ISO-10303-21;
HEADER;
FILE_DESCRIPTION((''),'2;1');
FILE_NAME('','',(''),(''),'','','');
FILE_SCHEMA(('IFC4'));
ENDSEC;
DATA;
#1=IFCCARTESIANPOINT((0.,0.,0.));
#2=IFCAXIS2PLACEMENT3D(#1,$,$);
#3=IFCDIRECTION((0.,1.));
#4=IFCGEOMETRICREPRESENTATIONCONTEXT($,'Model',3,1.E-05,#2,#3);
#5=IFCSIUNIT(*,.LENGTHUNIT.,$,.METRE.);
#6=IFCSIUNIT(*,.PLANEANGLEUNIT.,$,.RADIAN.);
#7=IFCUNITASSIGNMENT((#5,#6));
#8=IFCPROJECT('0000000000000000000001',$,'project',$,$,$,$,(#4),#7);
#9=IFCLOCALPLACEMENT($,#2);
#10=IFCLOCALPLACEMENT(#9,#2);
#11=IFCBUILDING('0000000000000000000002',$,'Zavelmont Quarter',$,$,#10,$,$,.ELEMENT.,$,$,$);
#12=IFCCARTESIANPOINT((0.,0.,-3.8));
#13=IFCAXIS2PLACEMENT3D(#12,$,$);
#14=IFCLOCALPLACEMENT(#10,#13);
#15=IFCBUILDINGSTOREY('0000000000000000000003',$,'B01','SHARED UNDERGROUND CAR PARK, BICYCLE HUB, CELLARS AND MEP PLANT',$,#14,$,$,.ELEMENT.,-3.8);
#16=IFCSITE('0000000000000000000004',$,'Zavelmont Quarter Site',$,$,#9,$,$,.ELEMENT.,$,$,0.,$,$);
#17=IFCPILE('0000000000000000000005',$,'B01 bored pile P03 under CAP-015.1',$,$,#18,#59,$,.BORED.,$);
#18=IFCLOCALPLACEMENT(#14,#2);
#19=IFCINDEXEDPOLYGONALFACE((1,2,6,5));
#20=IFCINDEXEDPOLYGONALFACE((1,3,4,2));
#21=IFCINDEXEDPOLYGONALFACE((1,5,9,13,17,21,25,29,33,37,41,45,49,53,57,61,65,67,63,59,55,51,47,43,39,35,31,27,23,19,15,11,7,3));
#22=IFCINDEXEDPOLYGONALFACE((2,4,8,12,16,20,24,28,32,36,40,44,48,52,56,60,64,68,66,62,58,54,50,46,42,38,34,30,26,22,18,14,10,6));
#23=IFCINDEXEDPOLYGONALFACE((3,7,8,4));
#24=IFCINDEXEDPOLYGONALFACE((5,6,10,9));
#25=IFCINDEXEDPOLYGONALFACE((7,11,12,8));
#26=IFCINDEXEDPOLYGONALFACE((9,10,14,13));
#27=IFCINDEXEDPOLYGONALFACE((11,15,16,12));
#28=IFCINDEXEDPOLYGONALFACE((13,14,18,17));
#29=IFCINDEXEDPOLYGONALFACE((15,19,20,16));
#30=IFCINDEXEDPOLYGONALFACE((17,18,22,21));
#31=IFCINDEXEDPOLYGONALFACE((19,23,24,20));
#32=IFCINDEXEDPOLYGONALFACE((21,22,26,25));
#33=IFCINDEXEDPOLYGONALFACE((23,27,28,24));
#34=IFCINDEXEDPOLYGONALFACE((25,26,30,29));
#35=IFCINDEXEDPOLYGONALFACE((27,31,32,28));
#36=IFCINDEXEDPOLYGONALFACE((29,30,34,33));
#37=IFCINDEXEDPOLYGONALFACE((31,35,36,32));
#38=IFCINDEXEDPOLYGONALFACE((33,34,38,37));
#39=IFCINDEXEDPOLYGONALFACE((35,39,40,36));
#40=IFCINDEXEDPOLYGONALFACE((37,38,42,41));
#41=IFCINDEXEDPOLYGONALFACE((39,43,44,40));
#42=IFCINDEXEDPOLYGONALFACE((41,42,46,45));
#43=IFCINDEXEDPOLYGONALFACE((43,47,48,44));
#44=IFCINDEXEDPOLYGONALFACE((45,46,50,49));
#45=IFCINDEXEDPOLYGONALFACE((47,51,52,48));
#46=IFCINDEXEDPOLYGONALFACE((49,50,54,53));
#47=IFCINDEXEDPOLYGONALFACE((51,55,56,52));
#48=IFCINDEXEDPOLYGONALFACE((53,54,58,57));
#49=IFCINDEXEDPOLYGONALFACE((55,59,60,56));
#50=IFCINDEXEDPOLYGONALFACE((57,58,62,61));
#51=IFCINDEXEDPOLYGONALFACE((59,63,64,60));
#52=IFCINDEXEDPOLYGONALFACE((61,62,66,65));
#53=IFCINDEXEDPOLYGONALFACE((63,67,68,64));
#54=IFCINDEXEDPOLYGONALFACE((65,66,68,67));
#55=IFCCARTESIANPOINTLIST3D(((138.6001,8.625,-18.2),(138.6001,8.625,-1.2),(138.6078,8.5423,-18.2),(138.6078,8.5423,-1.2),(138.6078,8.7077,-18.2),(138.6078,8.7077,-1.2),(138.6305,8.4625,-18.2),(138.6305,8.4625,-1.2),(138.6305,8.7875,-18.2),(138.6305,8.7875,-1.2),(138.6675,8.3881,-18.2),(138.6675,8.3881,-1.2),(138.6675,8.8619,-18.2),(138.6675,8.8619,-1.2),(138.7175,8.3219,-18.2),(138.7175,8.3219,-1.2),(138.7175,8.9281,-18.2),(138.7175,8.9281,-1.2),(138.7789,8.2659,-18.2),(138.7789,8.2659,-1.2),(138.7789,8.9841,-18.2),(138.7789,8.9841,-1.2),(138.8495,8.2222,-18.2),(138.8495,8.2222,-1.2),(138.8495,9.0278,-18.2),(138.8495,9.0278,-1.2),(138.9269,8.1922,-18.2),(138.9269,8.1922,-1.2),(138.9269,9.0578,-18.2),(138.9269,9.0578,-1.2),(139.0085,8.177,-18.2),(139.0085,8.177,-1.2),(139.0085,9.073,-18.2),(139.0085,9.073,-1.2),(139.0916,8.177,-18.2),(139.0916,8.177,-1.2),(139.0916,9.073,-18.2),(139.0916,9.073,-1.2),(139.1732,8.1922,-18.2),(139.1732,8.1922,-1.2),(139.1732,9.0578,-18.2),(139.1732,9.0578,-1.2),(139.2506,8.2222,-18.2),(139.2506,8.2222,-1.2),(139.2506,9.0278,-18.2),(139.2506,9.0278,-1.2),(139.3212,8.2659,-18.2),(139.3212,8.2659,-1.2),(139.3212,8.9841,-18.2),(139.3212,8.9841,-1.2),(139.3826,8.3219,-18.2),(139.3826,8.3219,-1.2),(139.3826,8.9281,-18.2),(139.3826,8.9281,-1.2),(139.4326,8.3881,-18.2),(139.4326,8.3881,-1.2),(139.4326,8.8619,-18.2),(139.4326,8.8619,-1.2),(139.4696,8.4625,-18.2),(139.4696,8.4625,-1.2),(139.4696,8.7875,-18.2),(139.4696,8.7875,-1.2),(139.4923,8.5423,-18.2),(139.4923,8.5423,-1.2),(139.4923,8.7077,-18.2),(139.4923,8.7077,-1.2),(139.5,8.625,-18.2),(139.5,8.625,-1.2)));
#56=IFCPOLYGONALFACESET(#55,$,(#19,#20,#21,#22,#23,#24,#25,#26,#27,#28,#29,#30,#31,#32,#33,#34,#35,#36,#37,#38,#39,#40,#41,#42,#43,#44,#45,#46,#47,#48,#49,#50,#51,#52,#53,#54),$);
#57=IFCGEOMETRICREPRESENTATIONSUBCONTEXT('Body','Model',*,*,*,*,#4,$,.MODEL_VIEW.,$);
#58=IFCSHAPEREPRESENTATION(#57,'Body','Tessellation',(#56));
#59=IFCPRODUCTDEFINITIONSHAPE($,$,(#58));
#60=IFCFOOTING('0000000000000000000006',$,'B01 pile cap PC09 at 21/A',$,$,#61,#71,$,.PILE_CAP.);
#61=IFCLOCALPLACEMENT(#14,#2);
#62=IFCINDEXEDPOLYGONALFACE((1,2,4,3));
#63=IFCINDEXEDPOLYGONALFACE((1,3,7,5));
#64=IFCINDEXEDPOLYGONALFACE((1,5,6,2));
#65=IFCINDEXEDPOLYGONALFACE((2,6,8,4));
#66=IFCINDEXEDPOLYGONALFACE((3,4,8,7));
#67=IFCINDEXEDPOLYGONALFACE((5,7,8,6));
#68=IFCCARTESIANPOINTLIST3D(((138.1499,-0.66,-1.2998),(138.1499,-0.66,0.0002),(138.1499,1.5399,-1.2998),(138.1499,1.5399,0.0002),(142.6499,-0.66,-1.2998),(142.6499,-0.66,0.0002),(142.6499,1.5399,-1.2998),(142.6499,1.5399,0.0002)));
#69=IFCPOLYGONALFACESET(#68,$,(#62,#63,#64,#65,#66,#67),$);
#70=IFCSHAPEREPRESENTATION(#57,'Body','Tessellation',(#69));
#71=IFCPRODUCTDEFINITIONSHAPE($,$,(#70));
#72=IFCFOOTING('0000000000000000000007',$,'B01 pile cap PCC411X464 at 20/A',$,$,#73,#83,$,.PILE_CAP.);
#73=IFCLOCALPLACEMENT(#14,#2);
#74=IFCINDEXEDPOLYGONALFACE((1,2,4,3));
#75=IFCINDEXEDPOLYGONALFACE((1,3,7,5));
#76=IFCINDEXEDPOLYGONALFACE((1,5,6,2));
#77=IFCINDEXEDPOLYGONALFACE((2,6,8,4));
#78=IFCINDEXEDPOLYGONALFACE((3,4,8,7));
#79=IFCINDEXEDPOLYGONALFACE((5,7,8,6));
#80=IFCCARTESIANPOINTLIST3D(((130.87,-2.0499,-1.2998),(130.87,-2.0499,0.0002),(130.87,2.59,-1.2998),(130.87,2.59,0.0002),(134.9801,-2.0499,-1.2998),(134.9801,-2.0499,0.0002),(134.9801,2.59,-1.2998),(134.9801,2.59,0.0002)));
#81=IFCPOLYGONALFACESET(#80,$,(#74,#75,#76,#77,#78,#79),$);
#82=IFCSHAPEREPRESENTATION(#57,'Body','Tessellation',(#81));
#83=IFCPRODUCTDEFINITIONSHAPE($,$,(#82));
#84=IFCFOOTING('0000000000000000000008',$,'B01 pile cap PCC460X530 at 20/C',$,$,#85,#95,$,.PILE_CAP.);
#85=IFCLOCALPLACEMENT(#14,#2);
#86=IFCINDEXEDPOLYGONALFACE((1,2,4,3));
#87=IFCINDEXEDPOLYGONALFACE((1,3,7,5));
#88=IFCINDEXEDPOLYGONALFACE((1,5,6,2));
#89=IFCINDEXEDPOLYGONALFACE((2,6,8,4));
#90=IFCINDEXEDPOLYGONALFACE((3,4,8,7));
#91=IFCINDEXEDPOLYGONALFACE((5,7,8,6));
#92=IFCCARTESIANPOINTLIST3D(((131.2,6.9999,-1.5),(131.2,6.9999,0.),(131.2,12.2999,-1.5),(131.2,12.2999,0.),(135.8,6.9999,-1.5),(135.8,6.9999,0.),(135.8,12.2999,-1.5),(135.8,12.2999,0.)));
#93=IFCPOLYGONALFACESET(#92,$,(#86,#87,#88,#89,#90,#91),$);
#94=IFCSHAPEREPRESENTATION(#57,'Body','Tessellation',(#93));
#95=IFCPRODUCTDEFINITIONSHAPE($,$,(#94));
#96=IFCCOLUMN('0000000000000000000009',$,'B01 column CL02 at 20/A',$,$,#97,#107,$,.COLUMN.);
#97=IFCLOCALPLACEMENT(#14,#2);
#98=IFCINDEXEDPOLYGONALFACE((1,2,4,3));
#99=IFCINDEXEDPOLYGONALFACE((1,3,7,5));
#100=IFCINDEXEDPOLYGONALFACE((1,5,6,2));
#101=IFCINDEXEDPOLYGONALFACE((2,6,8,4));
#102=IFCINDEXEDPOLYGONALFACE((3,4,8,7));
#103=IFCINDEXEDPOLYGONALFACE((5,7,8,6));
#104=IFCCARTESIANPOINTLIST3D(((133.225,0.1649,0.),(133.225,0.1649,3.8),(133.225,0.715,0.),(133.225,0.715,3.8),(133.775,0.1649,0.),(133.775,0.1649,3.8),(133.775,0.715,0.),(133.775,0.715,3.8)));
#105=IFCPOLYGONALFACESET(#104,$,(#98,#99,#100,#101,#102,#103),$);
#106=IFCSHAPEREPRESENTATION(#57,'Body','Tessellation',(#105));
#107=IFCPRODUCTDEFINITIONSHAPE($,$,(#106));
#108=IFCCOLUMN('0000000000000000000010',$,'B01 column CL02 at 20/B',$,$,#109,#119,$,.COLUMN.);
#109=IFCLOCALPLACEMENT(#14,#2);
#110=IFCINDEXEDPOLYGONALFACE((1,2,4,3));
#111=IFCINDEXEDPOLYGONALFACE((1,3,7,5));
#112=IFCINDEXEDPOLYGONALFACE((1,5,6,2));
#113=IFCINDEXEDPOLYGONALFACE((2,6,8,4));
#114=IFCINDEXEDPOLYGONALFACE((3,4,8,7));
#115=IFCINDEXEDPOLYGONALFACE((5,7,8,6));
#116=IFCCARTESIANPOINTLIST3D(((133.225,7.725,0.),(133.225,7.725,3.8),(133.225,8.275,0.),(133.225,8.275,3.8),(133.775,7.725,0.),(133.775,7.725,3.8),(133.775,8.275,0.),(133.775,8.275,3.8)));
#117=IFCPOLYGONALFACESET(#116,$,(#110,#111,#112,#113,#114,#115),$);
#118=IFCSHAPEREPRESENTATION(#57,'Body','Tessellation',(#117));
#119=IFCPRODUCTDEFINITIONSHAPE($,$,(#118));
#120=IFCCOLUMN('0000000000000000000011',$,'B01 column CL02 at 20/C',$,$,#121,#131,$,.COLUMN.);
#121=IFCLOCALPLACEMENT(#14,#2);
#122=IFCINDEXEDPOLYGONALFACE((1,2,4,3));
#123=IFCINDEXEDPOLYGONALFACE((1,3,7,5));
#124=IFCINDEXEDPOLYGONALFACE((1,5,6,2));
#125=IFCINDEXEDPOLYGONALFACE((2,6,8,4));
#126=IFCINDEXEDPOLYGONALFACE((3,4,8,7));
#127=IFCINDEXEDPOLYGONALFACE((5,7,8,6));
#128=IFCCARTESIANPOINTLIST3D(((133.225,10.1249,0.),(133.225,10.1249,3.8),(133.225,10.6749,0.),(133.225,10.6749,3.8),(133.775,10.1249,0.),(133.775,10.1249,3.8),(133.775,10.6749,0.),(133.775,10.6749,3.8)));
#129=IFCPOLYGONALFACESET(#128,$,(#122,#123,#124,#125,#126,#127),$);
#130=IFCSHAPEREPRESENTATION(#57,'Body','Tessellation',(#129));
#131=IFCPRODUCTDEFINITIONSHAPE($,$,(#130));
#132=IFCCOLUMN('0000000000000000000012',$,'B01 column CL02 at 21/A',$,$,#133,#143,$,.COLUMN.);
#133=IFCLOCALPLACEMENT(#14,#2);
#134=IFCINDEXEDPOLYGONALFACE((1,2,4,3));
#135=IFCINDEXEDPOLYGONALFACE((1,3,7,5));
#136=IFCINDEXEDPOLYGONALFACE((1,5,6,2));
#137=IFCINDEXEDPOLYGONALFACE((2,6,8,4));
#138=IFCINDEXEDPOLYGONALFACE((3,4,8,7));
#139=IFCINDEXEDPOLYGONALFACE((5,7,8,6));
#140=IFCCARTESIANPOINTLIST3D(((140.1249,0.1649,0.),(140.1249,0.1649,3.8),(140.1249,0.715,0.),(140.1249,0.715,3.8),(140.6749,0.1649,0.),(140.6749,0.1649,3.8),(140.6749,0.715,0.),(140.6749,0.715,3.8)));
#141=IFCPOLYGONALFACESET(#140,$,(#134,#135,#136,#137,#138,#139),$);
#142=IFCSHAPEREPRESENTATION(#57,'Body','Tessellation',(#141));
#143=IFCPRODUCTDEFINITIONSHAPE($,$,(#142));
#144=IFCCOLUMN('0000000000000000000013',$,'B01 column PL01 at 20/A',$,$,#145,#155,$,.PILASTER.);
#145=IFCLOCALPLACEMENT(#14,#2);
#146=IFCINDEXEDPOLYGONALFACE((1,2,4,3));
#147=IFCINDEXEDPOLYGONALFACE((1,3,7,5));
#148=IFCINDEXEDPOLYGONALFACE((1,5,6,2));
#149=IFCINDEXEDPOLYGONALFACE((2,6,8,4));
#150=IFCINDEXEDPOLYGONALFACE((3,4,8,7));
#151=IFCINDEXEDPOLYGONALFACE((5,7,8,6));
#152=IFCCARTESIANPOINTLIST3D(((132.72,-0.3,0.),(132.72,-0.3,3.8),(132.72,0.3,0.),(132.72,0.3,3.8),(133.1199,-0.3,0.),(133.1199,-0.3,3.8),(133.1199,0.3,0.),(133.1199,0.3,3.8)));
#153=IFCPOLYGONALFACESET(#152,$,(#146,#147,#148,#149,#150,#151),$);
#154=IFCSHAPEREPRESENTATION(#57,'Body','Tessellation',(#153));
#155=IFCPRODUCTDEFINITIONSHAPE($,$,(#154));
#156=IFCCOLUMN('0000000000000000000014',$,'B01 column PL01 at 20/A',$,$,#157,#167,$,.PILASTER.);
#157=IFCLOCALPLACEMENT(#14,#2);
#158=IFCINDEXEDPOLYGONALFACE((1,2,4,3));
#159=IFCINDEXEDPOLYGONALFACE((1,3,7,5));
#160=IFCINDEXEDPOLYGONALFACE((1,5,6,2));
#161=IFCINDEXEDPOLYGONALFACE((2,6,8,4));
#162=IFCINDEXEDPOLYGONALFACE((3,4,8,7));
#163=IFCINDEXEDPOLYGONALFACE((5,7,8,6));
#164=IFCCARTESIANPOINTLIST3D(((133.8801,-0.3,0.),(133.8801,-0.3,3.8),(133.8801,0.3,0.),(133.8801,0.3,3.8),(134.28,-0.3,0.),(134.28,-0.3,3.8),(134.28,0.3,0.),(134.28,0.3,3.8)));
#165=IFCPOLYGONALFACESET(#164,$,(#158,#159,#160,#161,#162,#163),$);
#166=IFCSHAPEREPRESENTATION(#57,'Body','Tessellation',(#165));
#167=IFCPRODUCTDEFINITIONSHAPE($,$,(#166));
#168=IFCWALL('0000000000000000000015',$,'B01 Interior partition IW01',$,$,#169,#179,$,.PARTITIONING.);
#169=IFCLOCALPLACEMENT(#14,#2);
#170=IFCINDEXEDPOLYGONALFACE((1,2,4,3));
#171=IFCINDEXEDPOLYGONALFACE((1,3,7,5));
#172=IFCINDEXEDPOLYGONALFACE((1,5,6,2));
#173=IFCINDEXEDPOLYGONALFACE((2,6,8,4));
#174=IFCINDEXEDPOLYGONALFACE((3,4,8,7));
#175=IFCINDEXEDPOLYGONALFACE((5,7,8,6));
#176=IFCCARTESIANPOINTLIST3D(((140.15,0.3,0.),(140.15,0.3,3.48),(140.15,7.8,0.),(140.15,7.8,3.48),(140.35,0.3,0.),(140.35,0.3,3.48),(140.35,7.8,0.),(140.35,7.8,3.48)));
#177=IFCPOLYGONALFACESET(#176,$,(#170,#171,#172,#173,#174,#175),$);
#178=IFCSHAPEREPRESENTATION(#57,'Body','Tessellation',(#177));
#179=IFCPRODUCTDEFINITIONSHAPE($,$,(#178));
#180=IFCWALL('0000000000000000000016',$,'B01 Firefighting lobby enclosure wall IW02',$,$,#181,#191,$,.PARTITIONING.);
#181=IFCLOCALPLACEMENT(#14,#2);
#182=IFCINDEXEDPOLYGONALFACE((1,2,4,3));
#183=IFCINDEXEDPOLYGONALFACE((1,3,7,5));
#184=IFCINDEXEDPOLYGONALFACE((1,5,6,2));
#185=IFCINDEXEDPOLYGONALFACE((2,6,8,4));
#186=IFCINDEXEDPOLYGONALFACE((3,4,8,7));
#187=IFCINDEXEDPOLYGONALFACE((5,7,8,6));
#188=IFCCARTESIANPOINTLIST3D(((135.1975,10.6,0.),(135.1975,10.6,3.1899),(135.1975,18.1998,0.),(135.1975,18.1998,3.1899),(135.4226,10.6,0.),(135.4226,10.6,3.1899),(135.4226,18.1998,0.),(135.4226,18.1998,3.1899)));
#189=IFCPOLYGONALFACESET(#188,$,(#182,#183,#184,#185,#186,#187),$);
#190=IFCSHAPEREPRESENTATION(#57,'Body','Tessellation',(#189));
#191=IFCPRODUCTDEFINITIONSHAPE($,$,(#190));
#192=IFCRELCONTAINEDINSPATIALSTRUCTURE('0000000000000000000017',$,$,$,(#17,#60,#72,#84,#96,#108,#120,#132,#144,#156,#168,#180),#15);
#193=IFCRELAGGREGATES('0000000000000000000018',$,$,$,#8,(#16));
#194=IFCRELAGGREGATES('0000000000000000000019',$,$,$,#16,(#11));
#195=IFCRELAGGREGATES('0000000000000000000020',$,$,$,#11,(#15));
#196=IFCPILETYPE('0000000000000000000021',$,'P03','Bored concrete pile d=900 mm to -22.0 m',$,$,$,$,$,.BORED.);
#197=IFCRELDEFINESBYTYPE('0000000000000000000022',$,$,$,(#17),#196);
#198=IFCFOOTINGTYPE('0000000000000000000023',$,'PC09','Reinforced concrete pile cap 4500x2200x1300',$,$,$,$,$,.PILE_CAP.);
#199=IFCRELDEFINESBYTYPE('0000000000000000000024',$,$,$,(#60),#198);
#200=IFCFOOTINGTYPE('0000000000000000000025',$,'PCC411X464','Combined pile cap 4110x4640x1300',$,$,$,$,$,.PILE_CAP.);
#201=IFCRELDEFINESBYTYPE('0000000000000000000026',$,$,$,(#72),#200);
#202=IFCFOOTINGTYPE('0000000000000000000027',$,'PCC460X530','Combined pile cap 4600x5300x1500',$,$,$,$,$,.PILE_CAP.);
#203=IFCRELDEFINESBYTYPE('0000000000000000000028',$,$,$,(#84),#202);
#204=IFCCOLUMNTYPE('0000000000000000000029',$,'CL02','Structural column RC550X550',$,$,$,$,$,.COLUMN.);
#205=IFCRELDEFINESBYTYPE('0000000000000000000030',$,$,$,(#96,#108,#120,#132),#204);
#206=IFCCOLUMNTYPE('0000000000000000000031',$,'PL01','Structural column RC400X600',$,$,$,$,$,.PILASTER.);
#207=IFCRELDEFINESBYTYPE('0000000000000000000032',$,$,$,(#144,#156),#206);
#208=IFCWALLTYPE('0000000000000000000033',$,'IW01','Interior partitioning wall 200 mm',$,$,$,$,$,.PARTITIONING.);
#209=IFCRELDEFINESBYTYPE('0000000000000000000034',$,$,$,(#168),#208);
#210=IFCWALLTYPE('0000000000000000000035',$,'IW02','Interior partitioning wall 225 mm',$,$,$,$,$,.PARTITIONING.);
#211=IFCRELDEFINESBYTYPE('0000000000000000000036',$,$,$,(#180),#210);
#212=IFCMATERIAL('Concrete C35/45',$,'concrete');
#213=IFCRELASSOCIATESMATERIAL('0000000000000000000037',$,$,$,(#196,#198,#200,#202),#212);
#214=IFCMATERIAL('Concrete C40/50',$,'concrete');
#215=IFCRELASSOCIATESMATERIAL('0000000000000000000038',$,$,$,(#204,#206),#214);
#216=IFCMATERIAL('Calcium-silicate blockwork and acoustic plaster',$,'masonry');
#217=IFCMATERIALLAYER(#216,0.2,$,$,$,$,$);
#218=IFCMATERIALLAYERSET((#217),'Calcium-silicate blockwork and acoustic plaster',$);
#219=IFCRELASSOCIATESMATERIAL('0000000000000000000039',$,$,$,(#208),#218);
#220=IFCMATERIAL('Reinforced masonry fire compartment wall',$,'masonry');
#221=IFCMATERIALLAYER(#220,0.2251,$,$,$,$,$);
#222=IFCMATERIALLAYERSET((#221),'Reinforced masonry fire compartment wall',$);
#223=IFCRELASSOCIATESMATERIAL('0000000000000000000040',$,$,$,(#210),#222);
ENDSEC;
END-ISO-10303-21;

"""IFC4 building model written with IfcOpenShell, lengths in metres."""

from ifc_helpers import new_model, si_unit, direction, frame, frame_2d, origin, origin_2d, place, context, subcontext, project, spatial, rectangle, circle, extrude, material, layer, layer_set, material_profile, profile_set, type_object, element, save


model = new_model("IFC4")

# Units and contexts
model_context = context("Model", 3, precision=1e-05, world=origin(), true_north=direction((0.0, 1.0)))
body_context = subcontext(model_context, "Body", "Model", "MODEL_VIEW")
ifc_project = project(units=[si_unit("LENGTHUNIT", "METRE"), si_unit("PLANEANGLEUNIT", "RADIAN")], contexts=[model_context])

# Site, building, storey
site_placement = place(None, origin())
site = spatial("IfcSite", under=ifc_project, at=site_placement, Name="Zavelmont Quarter Site", CompositionType="ELEMENT", RefElevation=0.0)
building_placement = place(site_placement, origin())
building = spatial("IfcBuilding", under=site, at=building_placement, Name="Zavelmont Quarter", CompositionType="ELEMENT")
storey_placement = place(building_placement, frame((0.0, 0.0, -3.8)))
storey = spatial("IfcBuildingStorey", under=building, at=storey_placement, Name="B01", Description="SHARED UNDERGROUND CAR PARK, BICYCLE HUB, CELLARS AND MEP PLANT", CompositionType="ELEMENT", Elevation=-3.8)

# Shared definitions
ifc_material_1 = material(Name="Concrete C35/45", Category="concrete")

# Pile
ifc_material_profile_1 = material_profile(ifc_material_1, circle(Radius=0.45, at=origin_2d()), Name="BP900")
ifc_profile_set_1 = profile_set([ifc_material_profile_1], Name="Concrete C35/45")
pile_type_1 = type_object("IfcPileType", Name="P03", Description="Bored concrete pile d=900 mm to -22.0 m", PredefinedType="BORED", material=ifc_profile_set_1)
for number, where, z_axis, x_axis, name in (
    (1, (139.05, 8.625, -1.2), (0.0, 0.0, -1.0), (1.0, 0.0, 0.0), "B01 bored pile P03 under CAP-015.1"),
):
    element("IfcPile", number, at=place(storey_placement, frame(where, z_axis=z_axis, x_axis=x_axis)), inside=storey, type_object=pile_type_1, Name=name, PredefinedType="BORED", context=body_context, shape_type="SweptSolid", body=[
        extrude(circle(Radius=0.45, at=origin_2d()), origin(), (0.0, 0.0, 1.0), 17.0),
    ])

# Footings
footing_type_1 = type_object("IfcFootingType", Name="PC09", Description="Reinforced concrete pile cap 4500x2200x1300", PredefinedType="PILE_CAP", material=ifc_material_1)
footing_1_placement = place(storey_placement, frame((140.3999, 0.4399, -1.2998), z_axis=(0.0, 0.0, 1.0), x_axis=(1.0, 0.0, 0.0)))
element("IfcFooting", 2, at=footing_1_placement, inside=storey, type_object=footing_type_1, Name="B01 pile cap PC09 at 21/A", PredefinedType="PILE_CAP", context=body_context, shape_type="SweptSolid", body=[
    extrude(rectangle(XDim=4.5, YDim=2.2, at=origin_2d()), origin(), (0.0, 0.0, 1.0), 1.3),
])
footing_type_2 = type_object("IfcFootingType", Name="PCC411X464", Description="Combined pile cap 4110x4640x1300", PredefinedType="PILE_CAP", material=ifc_material_1)
footing_2_placement = place(storey_placement, frame((132.925, 0.27, -1.2998), z_axis=(0.0, 0.0, 1.0), x_axis=(1.0, 0.0, 0.0)))
element("IfcFooting", 3, at=footing_2_placement, inside=storey, type_object=footing_type_2, Name="B01 pile cap PCC411X464 at 20/A", PredefinedType="PILE_CAP", context=body_context, shape_type="SweptSolid", body=[
    extrude(rectangle(XDim=4.1101, YDim=4.6399, at=origin_2d()), origin(), (0.0, 0.0, 1.0), 1.3),
])
footing_type_3 = type_object("IfcFootingType", Name="PCC460X530", Description="Combined pile cap 4600x5300x1500", PredefinedType="PILE_CAP", material=ifc_material_1)
footing_3_placement = place(storey_placement, frame((133.5, 9.6499, -1.5), z_axis=(0.0, 0.0, 1.0), x_axis=(1.0, 0.0, 0.0)))
element("IfcFooting", 4, at=footing_3_placement, inside=storey, type_object=footing_type_3, Name="B01 pile cap PCC460X530 at 20/C", PredefinedType="PILE_CAP", context=body_context, shape_type="SweptSolid", body=[
    extrude(rectangle(XDim=4.6001, YDim=5.3, at=origin_2d()), origin(), (0.0, 0.0, 1.0), 1.5),
])

# Columns
ifc_material_2 = material(Name="Concrete C40/50", Category="concrete")
ifc_material_profile_2 = material_profile(ifc_material_2, rectangle(XDim=0.55, YDim=0.55, at=origin_2d()), Name="RC550X550")
ifc_profile_set_2 = profile_set([ifc_material_profile_2], Name="Concrete C40/50")
column_type_1 = type_object("IfcColumnType", Name="CL02", Description="Structural column RC550X550", PredefinedType="COLUMN", material=ifc_profile_set_2)
for number, where, z_axis, x_axis, name in (
    (5, (133.5, 0.4399, 0.0), (0.0, 0.0, 1.0), (1.0, 0.0, 0.0), "B01 column CL02 at 20/A"),
    (6, (133.5, 8.0, 0.0), (0.0, 0.0, 1.0), (1.0, 0.0, 0.0), "B01 column CL02 at 20/B"),
    (7, (133.5, 10.3999, 0.0), (0.0, 0.0, 1.0), (1.0, 0.0, 0.0), "B01 column CL02 at 20/C"),
    (8, (140.3999, 0.4399, 0.0), (0.0, 0.0, 1.0), (1.0, 0.0, 0.0), "B01 column CL02 at 21/A"),
):
    element("IfcColumn", number, at=place(storey_placement, frame(where, z_axis=z_axis, x_axis=x_axis)), inside=storey, type_object=column_type_1, Name=name, PredefinedType="COLUMN", context=body_context, shape_type="SweptSolid", body=[
        extrude(rectangle(XDim=0.55, YDim=0.55, at=origin_2d()), origin(), (0.0, 0.0, 1.0), 3.8),
    ])
ifc_material_profile_3 = material_profile(ifc_material_2, rectangle(XDim=0.3999, YDim=0.6001, at=origin_2d()), Name="RC400X600")
ifc_profile_set_3 = profile_set([ifc_material_profile_3], Name="Concrete C40/50")
column_type_2 = type_object("IfcColumnType", Name="PL01", Description="Structural column RC400X600", PredefinedType="PILASTER", material=ifc_profile_set_3)
for number, where, z_axis, x_axis, name in (
    (9, (132.9199, 0.0, 0.0), (0.0, 0.0, 1.0), (1.0, 0.0, 0.0), "B01 column PL01 at 20/A"),
    (10, (134.0801, 0.0, 0.0), (0.0, 0.0, 1.0), (1.0, 0.0, 0.0), "B01 column PL01 at 20/A"),
):
    element("IfcColumn", number, at=place(storey_placement, frame(where, z_axis=z_axis, x_axis=x_axis)), inside=storey, type_object=column_type_2, Name=name, PredefinedType="PILASTER", context=body_context, shape_type="SweptSolid", body=[
        extrude(rectangle(XDim=0.3999, YDim=0.6001, at=origin_2d()), origin(), (0.0, 0.0, 1.0), 3.8),
    ])

# Walls
ifc_material_3 = material(Name="Calcium-silicate blockwork and acoustic plaster", Category="masonry")
ifc_layer_1 = layer(ifc_material_3, 0.2)
ifc_layer_set_1 = layer_set([ifc_layer_1], Name="Calcium-silicate blockwork and acoustic plaster")
wall_type_1 = type_object("IfcWallType", Name="IW01", Description="Interior partitioning wall 200 mm", PredefinedType="PARTITIONING", material=ifc_layer_set_1)
wall_1_placement = place(storey_placement, frame((140.25, 0.3, 0.0), z_axis=(0.0, 0.0, 1.0), x_axis=(0.0, 1.0, 0.0)))
element("IfcWall", 11, at=wall_1_placement, inside=storey, type_object=wall_type_1, Name="B01 Interior partition IW01", PredefinedType="PARTITIONING", context=body_context, shape_type="SweptSolid", body=[
    extrude(rectangle(XDim=7.5, YDim=0.2, at=frame_2d((3.75, 0.0))), origin(), (0.0, 0.0, 1.0), 3.48),
])
ifc_material_4 = material(Name="Reinforced masonry fire compartment wall", Category="masonry")
ifc_layer_2 = layer(ifc_material_4, 0.2251)
ifc_layer_set_2 = layer_set([ifc_layer_2], Name="Reinforced masonry fire compartment wall")
wall_type_2 = type_object("IfcWallType", Name="IW02", Description="Interior partitioning wall 225 mm", PredefinedType="PARTITIONING", material=ifc_layer_set_2)
wall_2_placement = place(storey_placement, frame((135.3101, 10.6001, 0.0), z_axis=(0.0, 0.0, 1.0), x_axis=(0.0, 1.0, 0.0)))
element("IfcWall", 12, at=wall_2_placement, inside=storey, type_object=wall_type_2, Name="B01 Firefighting lobby enclosure wall IW02", PredefinedType="PARTITIONING", context=body_context, shape_type="SweptSolid", body=[
    extrude(rectangle(XDim=7.5999, YDim=0.2251, at=frame_2d((3.7998, 0.0))), origin(), (0.0, 0.0, 1.0), 3.1899),
])

save(model, "model.ifc")
